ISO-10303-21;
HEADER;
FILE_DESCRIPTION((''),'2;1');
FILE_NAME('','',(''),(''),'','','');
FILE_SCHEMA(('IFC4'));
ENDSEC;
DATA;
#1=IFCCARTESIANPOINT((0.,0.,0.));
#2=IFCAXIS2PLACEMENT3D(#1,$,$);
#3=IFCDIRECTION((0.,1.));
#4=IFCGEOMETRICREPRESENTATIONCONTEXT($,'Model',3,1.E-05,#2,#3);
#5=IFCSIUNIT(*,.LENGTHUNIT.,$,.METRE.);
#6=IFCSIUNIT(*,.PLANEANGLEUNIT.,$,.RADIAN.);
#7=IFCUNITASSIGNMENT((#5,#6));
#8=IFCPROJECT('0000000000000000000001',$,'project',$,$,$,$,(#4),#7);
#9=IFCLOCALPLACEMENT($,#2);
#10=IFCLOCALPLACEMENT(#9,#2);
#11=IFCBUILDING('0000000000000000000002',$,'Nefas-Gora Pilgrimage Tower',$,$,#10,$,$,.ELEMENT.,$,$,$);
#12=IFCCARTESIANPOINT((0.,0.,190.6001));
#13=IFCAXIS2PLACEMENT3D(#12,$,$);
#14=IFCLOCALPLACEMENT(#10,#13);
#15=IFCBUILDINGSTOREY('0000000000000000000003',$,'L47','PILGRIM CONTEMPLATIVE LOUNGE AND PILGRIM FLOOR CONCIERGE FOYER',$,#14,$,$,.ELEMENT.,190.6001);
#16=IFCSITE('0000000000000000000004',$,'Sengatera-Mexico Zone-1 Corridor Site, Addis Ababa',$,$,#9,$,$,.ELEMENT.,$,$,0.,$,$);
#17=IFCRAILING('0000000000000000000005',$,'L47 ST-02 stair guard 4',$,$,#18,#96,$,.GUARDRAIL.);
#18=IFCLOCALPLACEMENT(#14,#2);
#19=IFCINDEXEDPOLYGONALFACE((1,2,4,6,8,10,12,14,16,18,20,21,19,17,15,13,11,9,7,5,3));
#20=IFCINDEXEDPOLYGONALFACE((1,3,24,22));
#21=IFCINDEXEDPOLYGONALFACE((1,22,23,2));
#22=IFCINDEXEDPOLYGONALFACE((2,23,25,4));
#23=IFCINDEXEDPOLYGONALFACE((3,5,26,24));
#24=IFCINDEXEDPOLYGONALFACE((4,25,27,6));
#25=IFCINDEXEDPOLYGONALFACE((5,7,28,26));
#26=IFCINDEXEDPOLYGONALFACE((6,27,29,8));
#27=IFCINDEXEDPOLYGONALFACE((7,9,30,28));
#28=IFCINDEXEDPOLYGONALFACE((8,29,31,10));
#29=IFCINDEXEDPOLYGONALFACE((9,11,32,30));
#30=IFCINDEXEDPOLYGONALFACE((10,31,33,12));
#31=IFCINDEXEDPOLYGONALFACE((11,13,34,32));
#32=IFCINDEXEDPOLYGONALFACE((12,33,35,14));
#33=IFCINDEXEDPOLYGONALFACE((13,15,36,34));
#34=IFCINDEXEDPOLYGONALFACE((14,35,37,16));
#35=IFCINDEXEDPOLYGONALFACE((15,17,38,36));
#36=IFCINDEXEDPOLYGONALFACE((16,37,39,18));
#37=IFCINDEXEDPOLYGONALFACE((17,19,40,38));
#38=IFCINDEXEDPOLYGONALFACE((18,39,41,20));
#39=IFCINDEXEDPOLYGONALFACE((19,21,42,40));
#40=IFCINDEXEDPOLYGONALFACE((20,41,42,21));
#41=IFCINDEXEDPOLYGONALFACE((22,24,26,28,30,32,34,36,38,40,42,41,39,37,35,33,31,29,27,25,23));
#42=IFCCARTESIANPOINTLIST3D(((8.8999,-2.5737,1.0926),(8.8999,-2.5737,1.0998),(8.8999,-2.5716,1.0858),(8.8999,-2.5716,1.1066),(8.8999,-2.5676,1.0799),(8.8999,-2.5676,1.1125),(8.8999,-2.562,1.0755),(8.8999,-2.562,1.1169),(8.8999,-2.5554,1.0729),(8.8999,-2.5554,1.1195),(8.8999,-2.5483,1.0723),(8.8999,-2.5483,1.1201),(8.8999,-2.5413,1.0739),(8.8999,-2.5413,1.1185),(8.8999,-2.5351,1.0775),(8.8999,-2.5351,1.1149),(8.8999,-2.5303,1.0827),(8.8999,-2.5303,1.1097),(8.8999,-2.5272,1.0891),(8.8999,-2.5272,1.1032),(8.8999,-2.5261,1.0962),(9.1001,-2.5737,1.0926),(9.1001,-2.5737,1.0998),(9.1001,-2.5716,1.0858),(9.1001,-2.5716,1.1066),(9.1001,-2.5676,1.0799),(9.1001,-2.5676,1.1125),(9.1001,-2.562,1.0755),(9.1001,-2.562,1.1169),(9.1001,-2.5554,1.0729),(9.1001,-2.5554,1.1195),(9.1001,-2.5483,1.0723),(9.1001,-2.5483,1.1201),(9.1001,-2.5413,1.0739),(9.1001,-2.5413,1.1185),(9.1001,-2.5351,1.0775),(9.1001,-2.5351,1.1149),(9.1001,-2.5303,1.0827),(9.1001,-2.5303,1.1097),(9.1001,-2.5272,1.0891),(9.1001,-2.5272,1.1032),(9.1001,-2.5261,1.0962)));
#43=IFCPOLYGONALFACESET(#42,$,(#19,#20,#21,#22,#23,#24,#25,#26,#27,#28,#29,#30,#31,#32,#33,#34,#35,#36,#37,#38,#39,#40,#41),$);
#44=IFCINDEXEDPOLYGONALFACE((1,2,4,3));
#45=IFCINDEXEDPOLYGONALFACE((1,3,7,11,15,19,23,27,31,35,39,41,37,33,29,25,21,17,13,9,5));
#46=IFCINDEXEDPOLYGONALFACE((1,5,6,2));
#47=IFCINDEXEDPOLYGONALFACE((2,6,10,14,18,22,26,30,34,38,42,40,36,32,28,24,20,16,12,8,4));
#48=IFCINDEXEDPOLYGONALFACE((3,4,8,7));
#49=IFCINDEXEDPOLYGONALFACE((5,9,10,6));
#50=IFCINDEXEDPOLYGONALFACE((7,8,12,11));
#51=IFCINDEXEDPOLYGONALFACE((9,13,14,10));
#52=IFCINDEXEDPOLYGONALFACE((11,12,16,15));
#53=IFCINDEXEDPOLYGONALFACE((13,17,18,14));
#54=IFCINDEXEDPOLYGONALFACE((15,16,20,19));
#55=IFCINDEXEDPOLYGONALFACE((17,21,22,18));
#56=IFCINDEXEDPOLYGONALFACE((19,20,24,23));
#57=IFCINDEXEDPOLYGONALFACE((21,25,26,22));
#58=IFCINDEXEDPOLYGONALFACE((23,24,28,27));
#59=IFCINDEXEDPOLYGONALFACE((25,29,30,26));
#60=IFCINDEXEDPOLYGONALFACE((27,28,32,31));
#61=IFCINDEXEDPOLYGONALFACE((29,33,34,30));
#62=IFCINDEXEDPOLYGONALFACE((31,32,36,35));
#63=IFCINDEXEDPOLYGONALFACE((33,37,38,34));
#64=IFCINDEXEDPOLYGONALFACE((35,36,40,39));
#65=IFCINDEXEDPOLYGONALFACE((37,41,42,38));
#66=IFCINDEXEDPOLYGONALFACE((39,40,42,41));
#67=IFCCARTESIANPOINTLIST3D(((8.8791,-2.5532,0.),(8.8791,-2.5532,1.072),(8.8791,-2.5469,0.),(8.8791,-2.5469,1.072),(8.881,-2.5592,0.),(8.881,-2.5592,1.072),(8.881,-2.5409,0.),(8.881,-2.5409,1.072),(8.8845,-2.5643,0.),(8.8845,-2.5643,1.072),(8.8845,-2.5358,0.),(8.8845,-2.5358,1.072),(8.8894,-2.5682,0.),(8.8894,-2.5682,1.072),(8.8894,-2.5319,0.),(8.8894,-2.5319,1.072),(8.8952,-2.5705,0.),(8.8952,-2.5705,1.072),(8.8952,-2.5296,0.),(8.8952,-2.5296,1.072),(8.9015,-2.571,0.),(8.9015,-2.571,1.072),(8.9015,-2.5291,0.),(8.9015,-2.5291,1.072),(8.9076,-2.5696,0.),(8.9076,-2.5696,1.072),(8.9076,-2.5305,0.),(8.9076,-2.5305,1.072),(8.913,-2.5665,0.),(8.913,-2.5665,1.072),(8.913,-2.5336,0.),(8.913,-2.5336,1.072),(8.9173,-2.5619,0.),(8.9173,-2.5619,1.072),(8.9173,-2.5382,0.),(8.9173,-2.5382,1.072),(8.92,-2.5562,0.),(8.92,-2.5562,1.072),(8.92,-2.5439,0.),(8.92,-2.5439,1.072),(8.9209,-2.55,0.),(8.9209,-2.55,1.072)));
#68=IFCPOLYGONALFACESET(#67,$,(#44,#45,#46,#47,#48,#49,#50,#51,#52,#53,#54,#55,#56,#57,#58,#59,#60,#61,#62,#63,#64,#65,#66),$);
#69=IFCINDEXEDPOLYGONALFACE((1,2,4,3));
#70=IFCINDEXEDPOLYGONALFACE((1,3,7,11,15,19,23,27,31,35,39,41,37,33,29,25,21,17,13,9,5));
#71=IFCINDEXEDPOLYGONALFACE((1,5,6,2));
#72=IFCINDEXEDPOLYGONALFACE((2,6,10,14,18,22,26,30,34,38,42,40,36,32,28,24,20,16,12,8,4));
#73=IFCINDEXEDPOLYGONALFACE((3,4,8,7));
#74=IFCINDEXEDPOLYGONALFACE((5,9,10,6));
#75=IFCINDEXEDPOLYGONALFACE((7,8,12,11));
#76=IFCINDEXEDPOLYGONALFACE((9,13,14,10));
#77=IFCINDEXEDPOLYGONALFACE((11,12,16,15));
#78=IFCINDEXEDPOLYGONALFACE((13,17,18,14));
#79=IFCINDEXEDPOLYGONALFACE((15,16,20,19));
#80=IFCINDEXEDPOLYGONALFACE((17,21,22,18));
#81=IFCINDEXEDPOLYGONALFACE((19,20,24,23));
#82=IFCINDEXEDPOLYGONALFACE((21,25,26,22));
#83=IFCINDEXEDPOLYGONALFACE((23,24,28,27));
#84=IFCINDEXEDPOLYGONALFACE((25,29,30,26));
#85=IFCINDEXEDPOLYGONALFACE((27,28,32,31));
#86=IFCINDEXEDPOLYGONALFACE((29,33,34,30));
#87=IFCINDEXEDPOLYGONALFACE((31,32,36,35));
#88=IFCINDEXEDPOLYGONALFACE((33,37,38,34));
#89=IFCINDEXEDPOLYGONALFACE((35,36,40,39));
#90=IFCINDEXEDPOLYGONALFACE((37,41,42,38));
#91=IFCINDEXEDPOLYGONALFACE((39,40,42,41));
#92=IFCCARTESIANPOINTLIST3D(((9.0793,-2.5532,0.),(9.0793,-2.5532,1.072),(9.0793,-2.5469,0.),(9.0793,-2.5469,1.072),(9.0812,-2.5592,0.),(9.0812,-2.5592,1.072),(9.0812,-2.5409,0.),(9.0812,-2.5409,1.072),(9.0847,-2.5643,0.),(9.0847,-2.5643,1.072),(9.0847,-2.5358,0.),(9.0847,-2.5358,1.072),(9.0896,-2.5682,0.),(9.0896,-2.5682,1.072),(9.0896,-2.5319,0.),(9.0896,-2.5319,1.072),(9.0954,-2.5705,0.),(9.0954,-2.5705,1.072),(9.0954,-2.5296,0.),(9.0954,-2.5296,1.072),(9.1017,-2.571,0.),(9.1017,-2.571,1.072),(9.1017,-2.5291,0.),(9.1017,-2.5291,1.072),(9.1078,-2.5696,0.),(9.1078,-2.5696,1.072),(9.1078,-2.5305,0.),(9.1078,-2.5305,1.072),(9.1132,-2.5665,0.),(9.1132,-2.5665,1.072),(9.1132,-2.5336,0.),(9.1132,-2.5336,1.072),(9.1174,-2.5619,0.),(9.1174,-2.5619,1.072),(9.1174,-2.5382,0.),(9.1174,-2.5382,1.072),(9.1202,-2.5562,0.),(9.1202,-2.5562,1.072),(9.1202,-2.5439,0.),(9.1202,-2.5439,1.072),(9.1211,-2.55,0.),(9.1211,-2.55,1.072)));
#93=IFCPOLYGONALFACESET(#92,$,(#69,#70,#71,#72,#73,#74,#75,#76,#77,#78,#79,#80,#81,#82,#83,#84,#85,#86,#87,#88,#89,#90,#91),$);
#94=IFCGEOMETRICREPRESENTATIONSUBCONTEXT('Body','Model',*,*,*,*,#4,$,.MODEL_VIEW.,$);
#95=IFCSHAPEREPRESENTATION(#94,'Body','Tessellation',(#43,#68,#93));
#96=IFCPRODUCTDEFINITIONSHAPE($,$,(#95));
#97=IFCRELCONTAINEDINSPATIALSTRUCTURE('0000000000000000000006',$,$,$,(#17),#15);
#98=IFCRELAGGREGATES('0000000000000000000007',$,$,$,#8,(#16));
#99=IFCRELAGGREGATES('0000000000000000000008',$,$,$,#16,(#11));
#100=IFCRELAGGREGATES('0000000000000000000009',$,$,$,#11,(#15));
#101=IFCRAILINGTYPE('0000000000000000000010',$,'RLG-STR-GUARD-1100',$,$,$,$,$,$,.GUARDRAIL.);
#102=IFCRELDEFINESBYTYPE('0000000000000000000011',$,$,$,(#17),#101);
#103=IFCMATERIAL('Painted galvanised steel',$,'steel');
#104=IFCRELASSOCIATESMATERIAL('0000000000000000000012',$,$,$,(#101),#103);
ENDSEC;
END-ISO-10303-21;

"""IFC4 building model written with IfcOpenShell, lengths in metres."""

from ifc_helpers import new_model, si_unit, direction, frame, origin, origin_2d, place, context, subcontext, project, spatial, circle, extrude, material, type_object, element, save


model = new_model("IFC4")

# Units and contexts
model_context = context("Model", 3, precision=1e-05, world=origin(), true_north=direction((0.0, 1.0)))
body_context = subcontext(model_context, "Body", "Model", "MODEL_VIEW")
ifc_project = project(units=[si_unit("LENGTHUNIT", "METRE"), si_unit("PLANEANGLEUNIT", "RADIAN")], contexts=[model_context])

# Site, building, storey
site_placement = place(None, origin())
site = spatial("IfcSite", under=ifc_project, at=site_placement, Name="Sengatera-Mexico Zone-1 Corridor Site, Addis Ababa", CompositionType="ELEMENT", RefElevation=0.0)
building_placement = place(site_placement, origin())
building = spatial("IfcBuilding", under=site, at=building_placement, Name="Nefas-Gora Pilgrimage Tower", CompositionType="ELEMENT")
storey_placement = place(building_placement, frame((0.0, 0.0, 190.6001)))
storey = spatial("IfcBuildingStorey", under=building, at=storey_placement, Name="L47", Description="PILGRIM CONTEMPLATIVE LOUNGE AND PILGRIM FLOOR CONCIERGE FOYER", CompositionType="ELEMENT", Elevation=190.6001)

# Railing
ifc_material_1 = material(Name="Painted galvanised steel", Category="steel")
railing_type_1 = type_object("IfcRailingType", Name="RLG-STR-GUARD-1100", PredefinedType="GUARDRAIL", material=ifc_material_1)
railing_1_placement = place(storey_placement, frame((8.8999, -2.55, 0.0)))
element("IfcRailing", 1, at=railing_1_placement, inside=storey, type_object=railing_type_1, Name="L47 ST-02 stair guard 4", PredefinedType="GUARDRAIL", context=body_context, shape_type="SweptSolid", body=[
    extrude(circle(Radius=0.0239, at=origin_2d()), frame((0.0, 0.0, 1.0962), z_axis=(1.0, 0.0, 0.0), x_axis=(0.0, 1.0, 0.0)), (0.0, 0.0, 1.0), 0.2002),
    extrude(circle(Radius=0.021, at=origin_2d()), origin(), (0.0, 0.0, 1.0), 1.072),
    extrude(circle(Radius=0.021, at=origin_2d()), frame((0.2002, 0.0, 0.0)), (0.0, 0.0, 1.0), 1.072),
])

save(model, "model.ifc")
